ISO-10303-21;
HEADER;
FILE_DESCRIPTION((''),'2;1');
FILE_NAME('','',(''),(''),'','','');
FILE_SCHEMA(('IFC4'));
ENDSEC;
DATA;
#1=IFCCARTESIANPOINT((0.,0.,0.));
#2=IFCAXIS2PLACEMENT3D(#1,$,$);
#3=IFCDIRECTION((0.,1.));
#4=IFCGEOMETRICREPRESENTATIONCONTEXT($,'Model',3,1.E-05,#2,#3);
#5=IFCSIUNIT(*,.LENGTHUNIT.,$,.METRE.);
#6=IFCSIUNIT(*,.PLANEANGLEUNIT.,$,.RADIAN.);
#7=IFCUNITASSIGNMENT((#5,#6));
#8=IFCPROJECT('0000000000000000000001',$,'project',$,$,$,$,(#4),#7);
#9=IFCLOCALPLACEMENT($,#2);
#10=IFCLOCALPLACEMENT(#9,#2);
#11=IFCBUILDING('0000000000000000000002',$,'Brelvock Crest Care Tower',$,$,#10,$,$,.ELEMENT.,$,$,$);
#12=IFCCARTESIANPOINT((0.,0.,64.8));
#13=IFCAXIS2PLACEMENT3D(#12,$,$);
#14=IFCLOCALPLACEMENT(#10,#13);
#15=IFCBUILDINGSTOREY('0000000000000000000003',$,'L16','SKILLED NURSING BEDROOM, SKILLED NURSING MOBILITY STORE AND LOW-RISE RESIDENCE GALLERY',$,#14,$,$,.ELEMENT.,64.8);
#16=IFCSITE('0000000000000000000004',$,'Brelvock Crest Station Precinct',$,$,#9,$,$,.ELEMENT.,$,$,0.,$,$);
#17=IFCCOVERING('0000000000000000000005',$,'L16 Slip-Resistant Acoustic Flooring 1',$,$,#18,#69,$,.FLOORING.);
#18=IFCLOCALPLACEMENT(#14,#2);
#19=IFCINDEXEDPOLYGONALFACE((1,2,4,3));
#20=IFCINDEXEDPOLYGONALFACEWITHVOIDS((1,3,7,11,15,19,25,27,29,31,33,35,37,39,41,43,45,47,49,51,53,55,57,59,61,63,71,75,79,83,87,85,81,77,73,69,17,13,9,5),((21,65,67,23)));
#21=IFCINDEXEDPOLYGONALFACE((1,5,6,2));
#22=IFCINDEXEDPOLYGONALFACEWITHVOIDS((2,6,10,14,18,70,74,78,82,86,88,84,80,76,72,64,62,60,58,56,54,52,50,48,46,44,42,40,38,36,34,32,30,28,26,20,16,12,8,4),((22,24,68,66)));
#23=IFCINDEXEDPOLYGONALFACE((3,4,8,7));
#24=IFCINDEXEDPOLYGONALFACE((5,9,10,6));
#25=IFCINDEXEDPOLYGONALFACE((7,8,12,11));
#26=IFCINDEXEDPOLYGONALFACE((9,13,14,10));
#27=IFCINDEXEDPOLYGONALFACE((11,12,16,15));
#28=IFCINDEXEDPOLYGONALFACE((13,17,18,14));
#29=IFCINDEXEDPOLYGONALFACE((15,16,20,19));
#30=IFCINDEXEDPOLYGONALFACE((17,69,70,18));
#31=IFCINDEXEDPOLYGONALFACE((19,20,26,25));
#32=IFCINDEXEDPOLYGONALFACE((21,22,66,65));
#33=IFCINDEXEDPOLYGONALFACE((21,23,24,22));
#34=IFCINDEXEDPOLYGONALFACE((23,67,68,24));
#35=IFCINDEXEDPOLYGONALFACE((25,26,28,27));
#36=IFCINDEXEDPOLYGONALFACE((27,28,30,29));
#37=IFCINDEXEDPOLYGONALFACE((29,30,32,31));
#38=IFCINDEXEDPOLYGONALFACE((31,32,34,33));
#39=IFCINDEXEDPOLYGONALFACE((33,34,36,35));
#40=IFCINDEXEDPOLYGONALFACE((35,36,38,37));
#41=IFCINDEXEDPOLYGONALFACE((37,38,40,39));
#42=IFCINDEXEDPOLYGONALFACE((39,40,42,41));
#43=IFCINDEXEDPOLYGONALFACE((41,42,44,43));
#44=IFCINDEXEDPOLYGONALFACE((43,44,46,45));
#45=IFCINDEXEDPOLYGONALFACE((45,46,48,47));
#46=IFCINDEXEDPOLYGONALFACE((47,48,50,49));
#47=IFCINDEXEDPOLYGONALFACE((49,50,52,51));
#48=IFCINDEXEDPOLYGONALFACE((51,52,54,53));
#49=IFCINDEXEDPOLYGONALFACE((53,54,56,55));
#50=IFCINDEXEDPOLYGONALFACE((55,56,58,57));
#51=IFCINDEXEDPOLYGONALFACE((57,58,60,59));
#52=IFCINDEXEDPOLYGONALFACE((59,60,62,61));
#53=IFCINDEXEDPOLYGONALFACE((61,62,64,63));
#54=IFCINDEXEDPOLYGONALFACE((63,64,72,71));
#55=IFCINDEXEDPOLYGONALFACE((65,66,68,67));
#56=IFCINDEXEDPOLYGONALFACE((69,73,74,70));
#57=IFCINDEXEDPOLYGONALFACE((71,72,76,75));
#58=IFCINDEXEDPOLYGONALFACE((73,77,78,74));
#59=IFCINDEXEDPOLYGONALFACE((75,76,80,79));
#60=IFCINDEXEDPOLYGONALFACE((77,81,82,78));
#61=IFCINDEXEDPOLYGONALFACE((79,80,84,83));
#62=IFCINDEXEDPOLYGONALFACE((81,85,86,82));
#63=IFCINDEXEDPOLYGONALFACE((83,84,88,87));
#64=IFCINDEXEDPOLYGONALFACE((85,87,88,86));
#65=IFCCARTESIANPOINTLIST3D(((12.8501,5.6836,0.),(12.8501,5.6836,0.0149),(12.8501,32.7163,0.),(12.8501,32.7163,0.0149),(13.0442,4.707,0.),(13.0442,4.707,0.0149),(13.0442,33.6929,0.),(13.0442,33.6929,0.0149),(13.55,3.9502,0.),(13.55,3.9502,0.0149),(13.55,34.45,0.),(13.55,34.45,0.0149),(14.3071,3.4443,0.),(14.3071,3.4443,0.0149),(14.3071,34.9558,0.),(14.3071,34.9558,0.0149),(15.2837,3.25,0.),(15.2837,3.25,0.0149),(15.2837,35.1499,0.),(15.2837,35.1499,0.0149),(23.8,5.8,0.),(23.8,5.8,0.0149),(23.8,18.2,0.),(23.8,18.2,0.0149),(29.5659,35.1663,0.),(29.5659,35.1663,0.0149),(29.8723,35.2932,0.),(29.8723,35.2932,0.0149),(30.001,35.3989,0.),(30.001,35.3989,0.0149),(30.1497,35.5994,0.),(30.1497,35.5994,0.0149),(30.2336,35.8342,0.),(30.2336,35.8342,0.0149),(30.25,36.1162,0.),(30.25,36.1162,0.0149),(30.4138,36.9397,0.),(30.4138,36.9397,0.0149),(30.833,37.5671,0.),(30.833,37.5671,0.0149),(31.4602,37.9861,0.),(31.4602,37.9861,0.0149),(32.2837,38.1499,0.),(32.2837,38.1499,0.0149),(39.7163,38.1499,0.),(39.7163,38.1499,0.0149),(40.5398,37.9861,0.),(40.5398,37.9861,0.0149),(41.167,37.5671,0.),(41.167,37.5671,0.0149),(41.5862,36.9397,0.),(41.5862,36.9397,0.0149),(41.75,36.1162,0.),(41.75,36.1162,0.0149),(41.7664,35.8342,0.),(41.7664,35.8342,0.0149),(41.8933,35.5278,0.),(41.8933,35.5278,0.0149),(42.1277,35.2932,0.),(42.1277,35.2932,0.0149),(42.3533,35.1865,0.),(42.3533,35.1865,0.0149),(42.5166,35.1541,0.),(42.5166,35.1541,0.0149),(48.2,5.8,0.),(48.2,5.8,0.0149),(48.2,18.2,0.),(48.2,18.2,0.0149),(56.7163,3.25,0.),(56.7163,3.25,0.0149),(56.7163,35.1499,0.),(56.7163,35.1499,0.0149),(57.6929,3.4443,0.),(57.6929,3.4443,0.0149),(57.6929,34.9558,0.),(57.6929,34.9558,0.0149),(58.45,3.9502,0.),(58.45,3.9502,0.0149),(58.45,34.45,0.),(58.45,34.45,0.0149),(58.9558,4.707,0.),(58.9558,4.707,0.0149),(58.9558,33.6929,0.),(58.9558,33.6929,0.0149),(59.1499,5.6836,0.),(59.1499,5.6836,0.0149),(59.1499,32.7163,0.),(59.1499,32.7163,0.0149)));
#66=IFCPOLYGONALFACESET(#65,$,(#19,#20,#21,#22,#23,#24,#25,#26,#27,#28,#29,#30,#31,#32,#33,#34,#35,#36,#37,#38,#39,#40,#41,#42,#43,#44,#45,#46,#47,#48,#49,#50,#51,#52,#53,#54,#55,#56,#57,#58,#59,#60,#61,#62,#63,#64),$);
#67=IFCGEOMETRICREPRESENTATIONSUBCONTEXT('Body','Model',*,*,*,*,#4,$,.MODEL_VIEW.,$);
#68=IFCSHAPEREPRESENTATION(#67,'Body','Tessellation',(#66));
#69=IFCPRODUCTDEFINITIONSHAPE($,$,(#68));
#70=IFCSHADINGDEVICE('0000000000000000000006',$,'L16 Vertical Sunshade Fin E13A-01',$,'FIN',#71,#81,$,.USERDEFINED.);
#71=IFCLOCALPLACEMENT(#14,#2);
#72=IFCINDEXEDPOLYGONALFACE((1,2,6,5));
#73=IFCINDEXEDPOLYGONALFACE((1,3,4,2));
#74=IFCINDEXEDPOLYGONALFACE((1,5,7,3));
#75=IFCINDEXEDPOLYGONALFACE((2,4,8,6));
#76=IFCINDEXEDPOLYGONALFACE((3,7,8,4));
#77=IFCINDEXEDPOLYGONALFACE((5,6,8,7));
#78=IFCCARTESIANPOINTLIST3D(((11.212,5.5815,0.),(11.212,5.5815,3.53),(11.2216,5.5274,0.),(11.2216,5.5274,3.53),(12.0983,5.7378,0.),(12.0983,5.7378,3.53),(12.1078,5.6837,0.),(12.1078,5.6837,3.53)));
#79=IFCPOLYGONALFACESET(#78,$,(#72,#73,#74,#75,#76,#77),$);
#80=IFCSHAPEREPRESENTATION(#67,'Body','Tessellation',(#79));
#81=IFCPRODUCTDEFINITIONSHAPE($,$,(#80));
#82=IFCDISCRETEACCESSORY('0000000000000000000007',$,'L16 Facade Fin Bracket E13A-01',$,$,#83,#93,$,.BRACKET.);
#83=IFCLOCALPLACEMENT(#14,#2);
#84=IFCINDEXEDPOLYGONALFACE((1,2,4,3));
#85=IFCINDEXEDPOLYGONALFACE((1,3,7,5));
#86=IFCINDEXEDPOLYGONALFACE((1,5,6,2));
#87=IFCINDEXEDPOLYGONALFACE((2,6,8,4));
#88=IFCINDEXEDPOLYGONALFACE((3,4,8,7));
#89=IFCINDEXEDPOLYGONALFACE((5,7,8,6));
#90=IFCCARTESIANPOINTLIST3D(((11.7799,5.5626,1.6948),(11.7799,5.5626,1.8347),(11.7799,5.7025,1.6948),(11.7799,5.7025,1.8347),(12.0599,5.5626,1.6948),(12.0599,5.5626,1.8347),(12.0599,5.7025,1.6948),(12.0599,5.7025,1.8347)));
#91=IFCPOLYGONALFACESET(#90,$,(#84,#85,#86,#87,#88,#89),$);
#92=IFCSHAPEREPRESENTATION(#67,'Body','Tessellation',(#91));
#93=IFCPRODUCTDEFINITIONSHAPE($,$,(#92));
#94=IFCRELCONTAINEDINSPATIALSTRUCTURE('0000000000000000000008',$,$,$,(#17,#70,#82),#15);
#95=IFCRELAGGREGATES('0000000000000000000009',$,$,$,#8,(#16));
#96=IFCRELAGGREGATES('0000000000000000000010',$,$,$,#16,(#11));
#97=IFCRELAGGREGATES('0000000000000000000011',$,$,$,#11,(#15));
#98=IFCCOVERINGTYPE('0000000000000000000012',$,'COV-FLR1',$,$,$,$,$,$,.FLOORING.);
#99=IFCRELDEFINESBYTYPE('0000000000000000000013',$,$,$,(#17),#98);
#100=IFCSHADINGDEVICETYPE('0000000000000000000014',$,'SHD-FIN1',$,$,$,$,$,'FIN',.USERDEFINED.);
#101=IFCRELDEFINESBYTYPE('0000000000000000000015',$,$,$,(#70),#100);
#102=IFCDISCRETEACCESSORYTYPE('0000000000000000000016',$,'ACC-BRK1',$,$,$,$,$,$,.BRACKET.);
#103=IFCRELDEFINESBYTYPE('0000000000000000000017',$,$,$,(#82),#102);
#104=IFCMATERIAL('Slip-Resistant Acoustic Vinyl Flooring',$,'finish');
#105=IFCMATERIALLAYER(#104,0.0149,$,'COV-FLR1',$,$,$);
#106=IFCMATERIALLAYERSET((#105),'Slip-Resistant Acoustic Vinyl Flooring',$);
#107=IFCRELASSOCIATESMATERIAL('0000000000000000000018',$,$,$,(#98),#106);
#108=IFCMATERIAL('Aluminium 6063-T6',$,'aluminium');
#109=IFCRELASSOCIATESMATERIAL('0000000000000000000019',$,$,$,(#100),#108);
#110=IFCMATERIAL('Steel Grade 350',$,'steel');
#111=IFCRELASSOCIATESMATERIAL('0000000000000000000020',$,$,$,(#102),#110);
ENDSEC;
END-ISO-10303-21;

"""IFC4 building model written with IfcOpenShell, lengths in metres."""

from ifc_helpers import new_model, si_unit, direction, frame, origin, origin_2d, place, context, subcontext, project, spatial, polyline, rectangle, outline, extrude, source, transform, mapped, material, layer, layer_set, material_profile, profile_set, type_object, element, save


model = new_model("IFC4")

# Units and contexts
model_context = context("Model", 3, precision=1e-05, world=origin(), true_north=direction((0.0, 1.0)))
body_context = subcontext(model_context, "Body", "Model", "MODEL_VIEW")
ifc_project = project(units=[si_unit("LENGTHUNIT", "METRE"), si_unit("PLANEANGLEUNIT", "RADIAN")], contexts=[model_context])

# Site, building, storey
site_placement = place(None, origin())
site = spatial("IfcSite", under=ifc_project, at=site_placement, Name="Brelvock Crest Station Precinct", CompositionType="ELEMENT", RefElevation=0.0)
building_placement = place(site_placement, origin())
building = spatial("IfcBuilding", under=site, at=building_placement, Name="Brelvock Crest Care Tower", CompositionType="ELEMENT")
storey_placement = place(building_placement, frame((0.0, 0.0, 64.8)))
storey = spatial("IfcBuildingStorey", under=building, at=storey_placement, Name="L16", Description="SKILLED NURSING BEDROOM, SKILLED NURSING MOBILITY STORE AND LOW-RISE RESIDENCE GALLERY", CompositionType="ELEMENT", Elevation=64.8)

# Shared definitions
ifc_material_1 = material(Name="Aluminium 6063-T6", Category="aluminium")

# Covering
ifc_material_2 = material(Name="Slip-Resistant Acoustic Vinyl Flooring", Category="finish")
ifc_layer_1 = layer(ifc_material_2, 0.0149, Name="COV-FLR1")
ifc_layer_set_1 = layer_set([ifc_layer_1], Name="Slip-Resistant Acoustic Vinyl Flooring")
covering_type_1 = type_object("IfcCoveringType", Name="COV-FLR1", PredefinedType="FLOORING", material=ifc_layer_set_1)
covering_1_placement = place(storey_placement, origin())
element("IfcCovering", 1, at=covering_1_placement, inside=storey, type_object=covering_type_1, Name="L16 Slip-Resistant Acoustic Flooring 1", PredefinedType="FLOORING", context=body_context, shape_type="SweptSolid", body=[
    extrude(outline(polyline([(56.7163, 35.1499), (42.5166, 35.1541), (42.3533, 35.1865), (42.1277, 35.2932), (41.8933, 35.5278), (41.7664, 35.8342), (41.75, 36.1162), (41.5862, 36.9397), (41.167, 37.5671), (40.5398, 37.9861), (39.7163, 38.1499), (32.2837, 38.1499), (31.4602, 37.9861), (30.833, 37.5671), (30.4138, 36.9397), (30.25, 36.1162), (30.2336, 35.8342), (30.1497, 35.5994), (30.001, 35.3989), (29.8723, 35.2932), (29.5659, 35.1663), (15.2837, 35.1499), (14.3071, 34.9558), (13.55, 34.45), (13.0442, 33.6929), (12.8501, 32.7163), (12.8501, 5.6836), (13.0442, 4.707), (13.55, 3.9502), (14.3071, 3.4443), (15.2837, 3.25), (56.7163, 3.25), (57.6929, 3.4443), (58.45, 3.9502), (58.9558, 4.707), (59.1499, 5.6836), (59.1499, 32.7163), (58.9558, 33.6929), (58.45, 34.45), (57.6929, 34.9558), (56.7163, 35.1499)]), holes=[polyline([(48.2, 5.8), (48.2, 18.2), (23.8, 18.2), (23.8, 5.8), (48.2, 5.8)])]), origin(), (0.0, 0.0, 1.0), 0.0149),
])

# Shading device
ifc_material_profile_1 = material_profile(ifc_material_1, rectangle(XDim=0.0549, YDim=0.8999, at=origin_2d()), Name="FIN55x900")
ifc_profile_set_1 = profile_set([ifc_material_profile_1], Name="Aluminium 6063-T6")
shading_device_type = type_object("IfcShadingDeviceType", Name="SHD-FIN1", ElementType="FIN", PredefinedType="USERDEFINED", material=ifc_profile_set_1)
shared_shape_1 = source(origin(), body_context, "Body", "SweptSolid", [
    extrude(rectangle(XDim=0.0549, YDim=0.8999, at=origin_2d()), origin(), (0.0, 0.0, 1.0), 3.53),
])
shading_device_placement = place(storey_placement, frame((11.6599, 5.6326, 0.0), z_axis=(0.0, 0.0, 1.0), x_axis=(-0.173648, 0.984808, 0.0)))
element("IfcShadingDevice", 2, at=shading_device_placement, inside=storey, type_object=shading_device_type, Name="L16 Vertical Sunshade Fin E13A-01", ObjectType="FIN", PredefinedType="USERDEFINED", context=body_context, shape_type="MappedRepresentation", body=[
    mapped(shared_shape_1, transform((0.0, 0.0, 0.0), x_axis=(1.0, 0.0, 0.0), y_axis=(0.0, 1.0, 0.0), z_axis=(0.0, 0.0, 1.0), scale=1.0)),
])

# Discrete accessory
ifc_material_3 = material(Name="Steel Grade 350", Category="steel")
discrete_accessory_type = type_object("IfcDiscreteAccessoryType", Name="ACC-BRK1", PredefinedType="BRACKET", material=ifc_material_3)
shared_shape_2 = source(origin(), body_context, "Body", "SweptSolid", [
    extrude(rectangle(XDim=0.28, YDim=0.1399, at=origin_2d()), origin(), (0.0, 0.0, 1.0), 0.1399),
])
discrete_accessory_placement = place(storey_placement, frame((11.9199, 5.6326, 1.6948), z_axis=(0.0, 0.0, 1.0), x_axis=(-1.0, 0.0, 0.0)))
element("IfcDiscreteAccessory", 3, at=discrete_accessory_placement, inside=storey, type_object=discrete_accessory_type, Name="L16 Facade Fin Bracket E13A-01", PredefinedType="BRACKET", context=body_context, shape_type="MappedRepresentation", body=[
    mapped(shared_shape_2, transform((0.0, 0.0, 0.0), x_axis=(1.0, 0.0, 0.0), y_axis=(0.0, 1.0, 0.0), z_axis=(0.0, 0.0, 1.0), scale=1.0)),
])

save(model, "model.ifc")
